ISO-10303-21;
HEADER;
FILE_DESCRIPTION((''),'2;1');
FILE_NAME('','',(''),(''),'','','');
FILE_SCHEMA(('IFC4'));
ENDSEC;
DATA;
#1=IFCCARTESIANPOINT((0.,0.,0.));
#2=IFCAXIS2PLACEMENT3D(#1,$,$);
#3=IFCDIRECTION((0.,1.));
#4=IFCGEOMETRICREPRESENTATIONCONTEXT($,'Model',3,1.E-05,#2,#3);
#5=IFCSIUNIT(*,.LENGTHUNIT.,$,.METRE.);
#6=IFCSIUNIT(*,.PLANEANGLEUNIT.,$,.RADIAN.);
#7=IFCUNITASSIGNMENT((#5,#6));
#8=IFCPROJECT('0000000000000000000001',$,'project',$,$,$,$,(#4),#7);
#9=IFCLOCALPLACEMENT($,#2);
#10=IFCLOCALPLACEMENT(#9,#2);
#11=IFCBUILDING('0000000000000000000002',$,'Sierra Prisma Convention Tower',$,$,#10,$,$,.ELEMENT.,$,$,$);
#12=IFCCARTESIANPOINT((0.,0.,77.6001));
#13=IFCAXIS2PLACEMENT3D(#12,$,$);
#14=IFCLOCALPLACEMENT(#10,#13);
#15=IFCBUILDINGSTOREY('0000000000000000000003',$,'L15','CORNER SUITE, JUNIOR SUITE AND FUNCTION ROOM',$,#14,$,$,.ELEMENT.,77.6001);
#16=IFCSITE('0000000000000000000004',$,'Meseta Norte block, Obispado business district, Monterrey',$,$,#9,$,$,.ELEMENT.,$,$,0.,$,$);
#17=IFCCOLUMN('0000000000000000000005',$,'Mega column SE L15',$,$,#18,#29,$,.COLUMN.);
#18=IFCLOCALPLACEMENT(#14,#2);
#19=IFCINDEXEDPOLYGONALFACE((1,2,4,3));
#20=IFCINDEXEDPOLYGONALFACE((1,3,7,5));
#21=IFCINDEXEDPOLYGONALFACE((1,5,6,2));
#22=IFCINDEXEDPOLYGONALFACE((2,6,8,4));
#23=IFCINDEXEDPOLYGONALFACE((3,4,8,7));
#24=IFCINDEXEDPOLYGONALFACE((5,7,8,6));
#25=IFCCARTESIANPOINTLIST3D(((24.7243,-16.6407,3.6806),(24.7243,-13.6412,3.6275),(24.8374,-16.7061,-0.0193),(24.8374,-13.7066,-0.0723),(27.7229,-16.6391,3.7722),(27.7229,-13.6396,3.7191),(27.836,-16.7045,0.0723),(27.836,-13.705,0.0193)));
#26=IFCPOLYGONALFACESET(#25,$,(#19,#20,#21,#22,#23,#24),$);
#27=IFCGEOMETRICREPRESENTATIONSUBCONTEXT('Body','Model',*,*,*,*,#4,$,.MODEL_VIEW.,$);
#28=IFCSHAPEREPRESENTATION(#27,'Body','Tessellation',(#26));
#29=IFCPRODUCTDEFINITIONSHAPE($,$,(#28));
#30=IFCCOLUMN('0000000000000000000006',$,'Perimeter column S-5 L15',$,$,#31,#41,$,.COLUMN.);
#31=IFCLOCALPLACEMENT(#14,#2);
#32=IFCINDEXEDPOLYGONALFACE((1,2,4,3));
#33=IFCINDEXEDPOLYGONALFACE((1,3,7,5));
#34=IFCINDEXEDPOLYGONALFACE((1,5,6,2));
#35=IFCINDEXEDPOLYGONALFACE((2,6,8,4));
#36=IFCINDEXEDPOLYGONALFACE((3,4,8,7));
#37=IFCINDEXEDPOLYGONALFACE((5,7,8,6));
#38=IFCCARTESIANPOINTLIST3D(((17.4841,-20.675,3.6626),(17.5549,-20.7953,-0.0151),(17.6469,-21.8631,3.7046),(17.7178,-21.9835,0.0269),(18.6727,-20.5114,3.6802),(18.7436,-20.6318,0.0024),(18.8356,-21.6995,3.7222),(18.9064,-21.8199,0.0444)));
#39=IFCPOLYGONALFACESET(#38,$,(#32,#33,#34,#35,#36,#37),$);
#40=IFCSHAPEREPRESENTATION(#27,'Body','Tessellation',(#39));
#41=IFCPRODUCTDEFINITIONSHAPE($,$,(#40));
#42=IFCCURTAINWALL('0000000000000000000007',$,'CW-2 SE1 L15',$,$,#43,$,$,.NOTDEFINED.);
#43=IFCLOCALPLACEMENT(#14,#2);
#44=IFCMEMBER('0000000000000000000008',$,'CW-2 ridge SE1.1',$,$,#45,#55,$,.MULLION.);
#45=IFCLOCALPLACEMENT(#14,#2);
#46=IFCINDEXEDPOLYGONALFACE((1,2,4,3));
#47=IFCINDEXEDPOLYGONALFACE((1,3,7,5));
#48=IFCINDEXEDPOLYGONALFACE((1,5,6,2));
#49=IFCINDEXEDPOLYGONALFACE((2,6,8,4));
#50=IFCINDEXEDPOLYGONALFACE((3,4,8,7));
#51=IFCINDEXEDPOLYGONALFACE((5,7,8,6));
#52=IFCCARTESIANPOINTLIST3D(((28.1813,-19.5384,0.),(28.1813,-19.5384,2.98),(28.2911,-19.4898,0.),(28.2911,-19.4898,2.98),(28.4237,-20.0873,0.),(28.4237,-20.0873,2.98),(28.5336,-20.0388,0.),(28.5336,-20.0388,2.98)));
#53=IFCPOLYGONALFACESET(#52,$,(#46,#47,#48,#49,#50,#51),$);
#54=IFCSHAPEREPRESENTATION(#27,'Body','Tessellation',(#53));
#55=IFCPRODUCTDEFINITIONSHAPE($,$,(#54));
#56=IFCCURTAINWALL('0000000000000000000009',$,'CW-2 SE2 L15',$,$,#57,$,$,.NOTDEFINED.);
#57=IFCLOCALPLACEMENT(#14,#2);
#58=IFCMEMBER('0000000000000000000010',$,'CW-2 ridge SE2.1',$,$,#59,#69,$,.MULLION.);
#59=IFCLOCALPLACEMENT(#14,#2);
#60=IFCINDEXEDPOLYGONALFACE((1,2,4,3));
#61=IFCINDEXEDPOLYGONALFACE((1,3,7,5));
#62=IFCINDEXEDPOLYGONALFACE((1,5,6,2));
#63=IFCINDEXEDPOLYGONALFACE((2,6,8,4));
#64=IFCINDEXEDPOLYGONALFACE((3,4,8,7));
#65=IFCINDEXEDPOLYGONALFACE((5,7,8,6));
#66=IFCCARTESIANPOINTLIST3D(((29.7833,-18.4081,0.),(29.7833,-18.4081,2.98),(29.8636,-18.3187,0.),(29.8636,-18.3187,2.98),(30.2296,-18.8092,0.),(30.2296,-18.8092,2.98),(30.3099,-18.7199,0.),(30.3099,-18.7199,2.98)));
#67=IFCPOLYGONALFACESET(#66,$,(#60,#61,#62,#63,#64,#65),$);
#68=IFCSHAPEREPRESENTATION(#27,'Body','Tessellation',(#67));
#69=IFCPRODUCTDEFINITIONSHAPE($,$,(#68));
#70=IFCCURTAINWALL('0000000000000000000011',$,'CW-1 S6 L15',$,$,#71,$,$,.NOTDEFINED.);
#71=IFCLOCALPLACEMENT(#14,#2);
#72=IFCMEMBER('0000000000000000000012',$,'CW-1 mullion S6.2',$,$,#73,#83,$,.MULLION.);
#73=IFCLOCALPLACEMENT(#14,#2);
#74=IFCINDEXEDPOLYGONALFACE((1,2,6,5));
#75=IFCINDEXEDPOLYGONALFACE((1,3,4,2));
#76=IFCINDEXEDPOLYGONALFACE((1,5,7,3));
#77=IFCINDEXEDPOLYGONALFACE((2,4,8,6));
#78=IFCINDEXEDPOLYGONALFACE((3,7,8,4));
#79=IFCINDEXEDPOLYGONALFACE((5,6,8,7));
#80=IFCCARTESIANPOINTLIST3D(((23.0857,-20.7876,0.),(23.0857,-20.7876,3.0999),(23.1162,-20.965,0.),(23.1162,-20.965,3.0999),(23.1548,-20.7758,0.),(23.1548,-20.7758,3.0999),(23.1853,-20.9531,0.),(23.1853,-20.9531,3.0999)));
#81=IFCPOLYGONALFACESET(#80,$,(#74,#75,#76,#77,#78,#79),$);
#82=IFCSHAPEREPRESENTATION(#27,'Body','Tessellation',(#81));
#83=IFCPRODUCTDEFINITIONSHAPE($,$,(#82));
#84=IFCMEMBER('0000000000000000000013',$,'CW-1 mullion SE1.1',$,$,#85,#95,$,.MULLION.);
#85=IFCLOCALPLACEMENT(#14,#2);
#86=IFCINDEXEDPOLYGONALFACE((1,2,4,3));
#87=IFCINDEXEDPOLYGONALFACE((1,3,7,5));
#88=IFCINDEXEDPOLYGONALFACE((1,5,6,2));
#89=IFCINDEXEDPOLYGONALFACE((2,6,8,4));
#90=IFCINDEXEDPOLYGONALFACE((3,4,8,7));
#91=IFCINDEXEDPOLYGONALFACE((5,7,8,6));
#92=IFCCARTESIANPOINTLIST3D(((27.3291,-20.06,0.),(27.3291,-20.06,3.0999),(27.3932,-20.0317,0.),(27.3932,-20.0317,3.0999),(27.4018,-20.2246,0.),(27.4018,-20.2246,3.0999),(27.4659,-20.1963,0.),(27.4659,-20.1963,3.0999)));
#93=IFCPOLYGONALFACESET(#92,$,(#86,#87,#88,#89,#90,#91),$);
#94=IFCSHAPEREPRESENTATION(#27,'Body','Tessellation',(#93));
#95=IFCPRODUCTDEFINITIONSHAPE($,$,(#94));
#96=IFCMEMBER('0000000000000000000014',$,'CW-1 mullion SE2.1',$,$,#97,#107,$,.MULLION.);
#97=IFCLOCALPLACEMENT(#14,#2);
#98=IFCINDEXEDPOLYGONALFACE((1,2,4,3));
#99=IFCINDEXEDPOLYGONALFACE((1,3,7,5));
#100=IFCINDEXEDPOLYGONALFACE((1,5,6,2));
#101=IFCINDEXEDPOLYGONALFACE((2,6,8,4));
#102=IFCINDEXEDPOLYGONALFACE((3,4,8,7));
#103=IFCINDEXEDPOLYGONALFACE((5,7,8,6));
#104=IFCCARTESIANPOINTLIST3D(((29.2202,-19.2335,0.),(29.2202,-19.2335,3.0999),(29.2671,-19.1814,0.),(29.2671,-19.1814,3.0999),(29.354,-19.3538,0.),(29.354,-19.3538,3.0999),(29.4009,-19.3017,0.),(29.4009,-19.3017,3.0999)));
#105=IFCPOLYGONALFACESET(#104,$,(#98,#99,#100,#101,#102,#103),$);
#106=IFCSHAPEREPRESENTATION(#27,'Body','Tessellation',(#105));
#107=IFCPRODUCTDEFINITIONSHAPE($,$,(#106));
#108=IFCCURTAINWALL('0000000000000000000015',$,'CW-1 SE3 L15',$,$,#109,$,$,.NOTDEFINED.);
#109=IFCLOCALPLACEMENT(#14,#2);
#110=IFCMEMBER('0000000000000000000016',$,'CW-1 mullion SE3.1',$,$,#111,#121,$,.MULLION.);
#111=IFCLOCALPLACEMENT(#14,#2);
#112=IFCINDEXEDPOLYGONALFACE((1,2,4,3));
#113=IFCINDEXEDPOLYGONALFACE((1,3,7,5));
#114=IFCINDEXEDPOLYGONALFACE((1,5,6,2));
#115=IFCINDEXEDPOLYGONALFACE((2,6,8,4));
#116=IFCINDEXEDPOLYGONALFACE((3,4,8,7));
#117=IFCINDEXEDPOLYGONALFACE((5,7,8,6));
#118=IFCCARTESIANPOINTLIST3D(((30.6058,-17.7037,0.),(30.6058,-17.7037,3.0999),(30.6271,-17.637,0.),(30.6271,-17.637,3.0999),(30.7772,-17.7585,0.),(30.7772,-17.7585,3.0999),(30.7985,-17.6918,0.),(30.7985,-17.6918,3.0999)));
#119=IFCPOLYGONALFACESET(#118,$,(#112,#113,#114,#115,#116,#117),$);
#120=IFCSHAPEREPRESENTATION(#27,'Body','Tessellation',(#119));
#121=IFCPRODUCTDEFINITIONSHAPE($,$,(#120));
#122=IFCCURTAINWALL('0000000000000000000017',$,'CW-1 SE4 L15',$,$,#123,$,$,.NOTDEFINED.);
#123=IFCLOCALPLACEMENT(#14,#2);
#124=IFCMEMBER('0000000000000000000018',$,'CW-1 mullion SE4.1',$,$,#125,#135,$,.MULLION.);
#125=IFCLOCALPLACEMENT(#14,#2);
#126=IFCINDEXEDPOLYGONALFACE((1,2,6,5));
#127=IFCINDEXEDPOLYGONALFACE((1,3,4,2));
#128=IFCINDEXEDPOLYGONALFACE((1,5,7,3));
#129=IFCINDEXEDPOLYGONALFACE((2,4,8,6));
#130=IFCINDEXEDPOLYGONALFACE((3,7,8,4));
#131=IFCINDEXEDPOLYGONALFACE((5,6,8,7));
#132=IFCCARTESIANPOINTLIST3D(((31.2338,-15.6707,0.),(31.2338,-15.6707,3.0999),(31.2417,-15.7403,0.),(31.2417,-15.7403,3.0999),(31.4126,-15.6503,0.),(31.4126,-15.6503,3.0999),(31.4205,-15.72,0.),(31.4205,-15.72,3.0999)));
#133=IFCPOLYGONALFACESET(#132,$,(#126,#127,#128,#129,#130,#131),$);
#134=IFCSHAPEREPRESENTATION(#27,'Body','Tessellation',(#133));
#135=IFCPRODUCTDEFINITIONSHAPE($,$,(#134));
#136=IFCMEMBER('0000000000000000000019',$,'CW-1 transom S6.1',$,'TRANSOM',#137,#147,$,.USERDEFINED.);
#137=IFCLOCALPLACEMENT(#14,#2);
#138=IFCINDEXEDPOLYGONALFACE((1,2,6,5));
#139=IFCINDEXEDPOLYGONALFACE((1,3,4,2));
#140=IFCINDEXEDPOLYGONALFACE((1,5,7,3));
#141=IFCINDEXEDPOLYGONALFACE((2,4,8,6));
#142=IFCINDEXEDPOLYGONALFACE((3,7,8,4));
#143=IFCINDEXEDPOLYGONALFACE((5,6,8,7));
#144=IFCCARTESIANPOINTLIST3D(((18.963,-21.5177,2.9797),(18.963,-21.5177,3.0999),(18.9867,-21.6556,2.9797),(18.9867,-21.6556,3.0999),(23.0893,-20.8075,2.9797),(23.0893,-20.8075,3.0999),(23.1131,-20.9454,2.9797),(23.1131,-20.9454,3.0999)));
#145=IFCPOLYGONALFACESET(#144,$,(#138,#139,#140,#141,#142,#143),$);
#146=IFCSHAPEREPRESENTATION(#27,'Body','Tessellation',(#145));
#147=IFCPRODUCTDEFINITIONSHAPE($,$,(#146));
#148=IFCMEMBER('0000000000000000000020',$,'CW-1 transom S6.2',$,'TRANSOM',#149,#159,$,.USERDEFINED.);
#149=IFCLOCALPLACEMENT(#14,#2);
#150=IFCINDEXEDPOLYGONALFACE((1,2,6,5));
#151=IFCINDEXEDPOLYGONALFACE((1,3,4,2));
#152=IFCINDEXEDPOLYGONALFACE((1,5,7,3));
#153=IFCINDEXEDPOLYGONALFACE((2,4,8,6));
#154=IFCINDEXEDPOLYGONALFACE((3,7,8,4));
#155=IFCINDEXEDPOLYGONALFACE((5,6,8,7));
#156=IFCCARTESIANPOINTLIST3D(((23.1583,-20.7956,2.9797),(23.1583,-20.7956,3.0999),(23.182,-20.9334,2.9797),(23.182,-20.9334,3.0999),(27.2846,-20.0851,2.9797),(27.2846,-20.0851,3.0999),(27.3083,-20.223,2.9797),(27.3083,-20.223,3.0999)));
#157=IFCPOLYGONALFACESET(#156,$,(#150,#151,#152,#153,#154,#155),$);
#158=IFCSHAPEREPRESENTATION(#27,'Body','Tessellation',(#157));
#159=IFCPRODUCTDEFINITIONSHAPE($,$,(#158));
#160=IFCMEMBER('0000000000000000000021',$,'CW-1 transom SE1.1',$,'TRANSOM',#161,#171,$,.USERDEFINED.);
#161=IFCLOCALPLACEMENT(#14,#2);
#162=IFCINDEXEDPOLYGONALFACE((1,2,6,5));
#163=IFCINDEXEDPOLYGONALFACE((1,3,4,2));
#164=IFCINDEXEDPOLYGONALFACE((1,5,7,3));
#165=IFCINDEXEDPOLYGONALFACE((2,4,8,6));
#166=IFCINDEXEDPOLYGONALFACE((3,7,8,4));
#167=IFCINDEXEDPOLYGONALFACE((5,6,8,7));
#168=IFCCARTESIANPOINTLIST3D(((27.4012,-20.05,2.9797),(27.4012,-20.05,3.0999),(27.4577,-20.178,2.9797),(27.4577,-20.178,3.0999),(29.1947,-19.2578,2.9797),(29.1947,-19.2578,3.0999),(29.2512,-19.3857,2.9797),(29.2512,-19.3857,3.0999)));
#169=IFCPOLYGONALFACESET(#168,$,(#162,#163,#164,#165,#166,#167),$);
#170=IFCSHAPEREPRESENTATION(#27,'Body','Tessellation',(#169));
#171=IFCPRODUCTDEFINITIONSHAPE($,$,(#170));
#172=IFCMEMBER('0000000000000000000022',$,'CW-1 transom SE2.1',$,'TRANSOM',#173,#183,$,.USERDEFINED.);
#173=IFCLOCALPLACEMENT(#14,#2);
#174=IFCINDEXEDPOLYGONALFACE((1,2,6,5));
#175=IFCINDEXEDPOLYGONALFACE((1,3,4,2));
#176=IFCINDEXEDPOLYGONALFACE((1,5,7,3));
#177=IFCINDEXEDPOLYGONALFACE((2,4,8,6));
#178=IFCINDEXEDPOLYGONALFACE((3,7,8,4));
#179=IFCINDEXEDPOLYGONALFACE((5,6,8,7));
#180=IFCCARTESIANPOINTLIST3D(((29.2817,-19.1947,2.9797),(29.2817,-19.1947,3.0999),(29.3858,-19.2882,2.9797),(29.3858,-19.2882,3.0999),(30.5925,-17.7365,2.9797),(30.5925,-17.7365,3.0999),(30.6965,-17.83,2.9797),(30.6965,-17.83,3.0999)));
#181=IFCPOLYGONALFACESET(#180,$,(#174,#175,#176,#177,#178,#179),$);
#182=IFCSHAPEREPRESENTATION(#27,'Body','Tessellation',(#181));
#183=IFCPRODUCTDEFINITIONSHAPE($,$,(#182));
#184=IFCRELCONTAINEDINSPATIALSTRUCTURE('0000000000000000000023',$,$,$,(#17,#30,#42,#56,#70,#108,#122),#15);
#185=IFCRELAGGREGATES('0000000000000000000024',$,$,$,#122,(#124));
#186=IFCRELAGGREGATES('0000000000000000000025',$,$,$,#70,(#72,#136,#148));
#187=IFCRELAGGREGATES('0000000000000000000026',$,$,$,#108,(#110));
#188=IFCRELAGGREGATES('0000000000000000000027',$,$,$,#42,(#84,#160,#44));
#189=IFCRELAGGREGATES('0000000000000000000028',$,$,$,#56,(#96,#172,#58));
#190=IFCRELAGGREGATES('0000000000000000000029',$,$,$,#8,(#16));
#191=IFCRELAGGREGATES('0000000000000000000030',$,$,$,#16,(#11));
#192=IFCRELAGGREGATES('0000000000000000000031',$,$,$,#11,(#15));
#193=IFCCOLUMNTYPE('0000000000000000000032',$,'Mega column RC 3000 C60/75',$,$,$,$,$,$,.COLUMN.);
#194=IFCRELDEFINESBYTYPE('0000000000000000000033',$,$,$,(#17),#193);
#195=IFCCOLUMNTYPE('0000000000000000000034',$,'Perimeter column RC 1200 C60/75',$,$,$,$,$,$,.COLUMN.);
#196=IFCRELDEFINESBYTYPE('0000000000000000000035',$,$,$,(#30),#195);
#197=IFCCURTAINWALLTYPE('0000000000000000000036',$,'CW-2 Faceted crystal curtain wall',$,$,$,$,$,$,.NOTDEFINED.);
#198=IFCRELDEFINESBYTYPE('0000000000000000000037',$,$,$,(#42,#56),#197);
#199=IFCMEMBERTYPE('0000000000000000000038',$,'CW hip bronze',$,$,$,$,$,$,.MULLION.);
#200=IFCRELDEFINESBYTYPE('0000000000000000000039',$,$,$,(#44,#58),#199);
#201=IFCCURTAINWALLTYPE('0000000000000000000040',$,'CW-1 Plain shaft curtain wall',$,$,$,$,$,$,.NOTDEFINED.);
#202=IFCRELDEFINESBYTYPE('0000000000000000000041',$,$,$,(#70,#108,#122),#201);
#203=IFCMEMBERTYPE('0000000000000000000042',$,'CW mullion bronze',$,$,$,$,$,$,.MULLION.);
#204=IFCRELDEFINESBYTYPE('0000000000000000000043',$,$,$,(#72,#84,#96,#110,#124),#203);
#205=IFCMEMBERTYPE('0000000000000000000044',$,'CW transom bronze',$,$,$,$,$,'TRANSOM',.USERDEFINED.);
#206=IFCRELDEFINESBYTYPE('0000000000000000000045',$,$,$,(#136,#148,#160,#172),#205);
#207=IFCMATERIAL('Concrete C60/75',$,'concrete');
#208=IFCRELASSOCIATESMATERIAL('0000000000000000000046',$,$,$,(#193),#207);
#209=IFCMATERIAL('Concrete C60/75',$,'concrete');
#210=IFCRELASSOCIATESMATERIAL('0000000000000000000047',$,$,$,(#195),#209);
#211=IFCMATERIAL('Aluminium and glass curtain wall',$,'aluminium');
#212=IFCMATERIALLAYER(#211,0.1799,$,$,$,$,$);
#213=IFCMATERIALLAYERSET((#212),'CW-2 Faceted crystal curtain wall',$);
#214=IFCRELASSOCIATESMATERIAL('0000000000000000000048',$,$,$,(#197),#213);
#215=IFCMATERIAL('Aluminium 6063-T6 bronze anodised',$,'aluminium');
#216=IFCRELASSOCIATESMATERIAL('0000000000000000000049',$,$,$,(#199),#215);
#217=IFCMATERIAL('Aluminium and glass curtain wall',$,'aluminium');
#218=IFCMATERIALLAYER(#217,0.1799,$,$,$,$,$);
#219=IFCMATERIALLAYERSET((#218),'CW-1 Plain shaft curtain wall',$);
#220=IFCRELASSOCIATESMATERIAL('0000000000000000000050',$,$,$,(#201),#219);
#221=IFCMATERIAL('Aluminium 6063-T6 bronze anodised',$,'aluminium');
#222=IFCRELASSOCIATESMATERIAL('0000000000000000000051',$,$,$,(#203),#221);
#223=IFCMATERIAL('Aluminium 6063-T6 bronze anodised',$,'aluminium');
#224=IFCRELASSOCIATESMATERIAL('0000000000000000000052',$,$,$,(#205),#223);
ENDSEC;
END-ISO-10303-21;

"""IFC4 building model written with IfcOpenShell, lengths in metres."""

from ifc_helpers import new_model, si_unit, direction, frame, origin, origin_2d, place, context, subcontext, project, spatial, rectangle, extrude, clip, halfspace, material, layer, layer_set, material_profile, profile_set, type_object, element, aggregate, save


model = new_model("IFC4")

# Units and contexts
model_context = context("Model", 3, precision=1e-05, world=origin(), true_north=direction((0.0, 1.0)))
body_context = subcontext(model_context, "Body", "Model", "MODEL_VIEW")
ifc_project = project(units=[si_unit("LENGTHUNIT", "METRE"), si_unit("PLANEANGLEUNIT", "RADIAN")], contexts=[model_context])

# Site, building, storey
site_placement = place(None, origin())
site = spatial("IfcSite", under=ifc_project, at=site_placement, Name="Meseta Norte block, Obispado business district, Monterrey", CompositionType="ELEMENT", RefElevation=0.0)
building_placement = place(site_placement, origin())
building = spatial("IfcBuilding", under=site, at=building_placement, Name="Sierra Prisma Convention Tower", CompositionType="ELEMENT")
storey_placement = place(building_placement, frame((0.0, 0.0, 77.6001)))
storey = spatial("IfcBuildingStorey", under=building, at=storey_placement, Name="L15", Description="CORNER SUITE, JUNIOR SUITE AND FUNCTION ROOM", CompositionType="ELEMENT", Elevation=77.6001)

# Columns
ifc_material_1 = material(Name="Concrete C60/75", Category="concrete")
ifc_material_profile_1 = material_profile(ifc_material_1, rectangle(XDim=3.0, YDim=3.0, at=origin_2d()), Name="Mega column RC 3000 C60/75")
ifc_profile_set_1 = profile_set([ifc_material_profile_1], Name="Concrete C60/75")
column_type_1 = type_object("IfcColumnType", Name="Mega column RC 3000 C60/75", PredefinedType="COLUMN", material=ifc_profile_set_1)
column_1_placement = place(storey_placement, frame((26.3367, -15.2056, 0.0), z_axis=(-0.030532, 0.017673, 0.999378), x_axis=(0.999534, 0.00054, 0.030527)))
element("IfcColumn", 1, at=column_1_placement, inside=storey, type_object=column_type_1, Name="Mega column SE L15", PredefinedType="COLUMN", context=body_context, shape_type="SweptSolid", body=[
    extrude(rectangle(XDim=3.0, YDim=3.0, at=origin_2d()), origin(), (0.0, 0.0, 1.0), 3.7021),
])
ifc_material_2 = material(Name="Concrete C60/75", Category="concrete")
ifc_material_profile_2 = material_profile(ifc_material_2, rectangle(XDim=1.2, YDim=1.2, at=origin_2d()), Name="Perimeter column RC 1200 C60/75")
ifc_profile_set_2 = profile_set([ifc_material_profile_2], Name="Concrete C60/75")
column_type_2 = type_object("IfcColumnType", Name="Perimeter column RC 1200 C60/75", PredefinedType="COLUMN", material=ifc_profile_set_2)
column_2_placement = place(storey_placement, frame((18.231, -21.3081, 0.0), z_axis=(-0.019254, 0.032705, 0.99928), x_axis=(0.99056, 0.136298, 0.014625)))
element("IfcColumn", 2, at=column_2_placement, inside=storey, type_object=column_type_2, Name="Perimeter column S-5 L15", PredefinedType="COLUMN", context=body_context, shape_type="SweptSolid", body=[
    clip(clip(extrude(rectangle(XDim=1.2, YDim=1.2, at=origin_2d()), origin(), (0.0, 0.0, 1.0), 3.7026), halfspace(frame((0.0, 0.0, 0.0146)), True)), halfspace(frame((0.0, 0.0, 3.6951)), False)),
])

# Curtain walls, members
ifc_material_3 = material(Name="Aluminium and glass curtain wall", Category="aluminium")
ifc_layer_1 = layer(ifc_material_3, 0.1799)
ifc_layer_set_1 = layer_set([ifc_layer_1], Name="CW-2 Faceted crystal curtain wall")
curtain_wall_type_1 = type_object("IfcCurtainWallType", Name="CW-2 Faceted crystal curtain wall", PredefinedType="NOTDEFINED", material=ifc_layer_set_1)
curtain_wall_1_placement = place(storey_placement, origin())
curtain_wall_1 = element("IfcCurtainWall", 3, at=curtain_wall_1_placement, inside=storey, type_object=curtain_wall_type_1, Name="CW-2 SE1 L15", PredefinedType="NOTDEFINED")
ifc_material_4 = material(Name="Aluminium 6063-T6 bronze anodised", Category="aluminium")
ifc_material_profile_3 = material_profile(ifc_material_4, rectangle(XDim=0.1201, YDim=0.6001, at=origin_2d()), Name="ALU RIDGE BLADE 120x600")
ifc_profile_set_3 = profile_set([ifc_material_profile_3], Name="Aluminium 6063-T6 bronze anodised")
member_type_1 = type_object("IfcMemberType", Name="CW hip bronze", PredefinedType="MULLION", material=ifc_profile_set_3)
member_1_placement = place(storey_placement, frame((28.3574, -19.7886, 0.0), z_axis=(0.0, 0.0, 1.0), x_axis=(0.914742, 0.40404, 0.0)))
member_1 = element("IfcMember", 4, at=member_1_placement, type_object=member_type_1, Name="CW-2 ridge SE1.1", PredefinedType="MULLION", context=body_context, shape_type="SweptSolid", body=[
    extrude(rectangle(XDim=0.1201, YDim=0.6001, at=origin_2d()), origin(), (0.0, 0.0, 1.0), 2.98),
])
curtain_wall_2_placement = place(storey_placement, origin())
curtain_wall_2 = element("IfcCurtainWall", 5, at=curtain_wall_2_placement, inside=storey, type_object=curtain_wall_type_1, Name="CW-2 SE2 L15", PredefinedType="NOTDEFINED")
member_2_placement = place(storey_placement, frame((30.0466, -18.564, 0.0), z_axis=(0.0, 0.0, 1.0), x_axis=(0.668486, 0.743725, 0.0)))
member_2 = element("IfcMember", 6, at=member_2_placement, type_object=member_type_1, Name="CW-2 ridge SE2.1", PredefinedType="MULLION", context=body_context, shape_type="SweptSolid", body=[
    extrude(rectangle(XDim=0.1201, YDim=0.6001, at=origin_2d()), origin(), (0.0, 0.0, 1.0), 2.98),
])
ifc_material_5 = material(Name="Aluminium and glass curtain wall", Category="aluminium")
ifc_layer_2 = layer(ifc_material_5, 0.1799)
ifc_layer_set_2 = layer_set([ifc_layer_2], Name="CW-1 Plain shaft curtain wall")
curtain_wall_type_2 = type_object("IfcCurtainWallType", Name="CW-1 Plain shaft curtain wall", PredefinedType="NOTDEFINED", material=ifc_layer_set_2)
curtain_wall_3_placement = place(storey_placement, origin())
curtain_wall_3 = element("IfcCurtainWall", 7, at=curtain_wall_3_placement, inside=storey, type_object=curtain_wall_type_2, Name="CW-1 S6 L15", PredefinedType="NOTDEFINED")
ifc_material_6 = material(Name="Aluminium 6063-T6 bronze anodised", Category="aluminium")
ifc_material_profile_4 = material_profile(ifc_material_6, rectangle(XDim=0.1799, YDim=0.0701, at=origin_2d()), Name="ALU MULLION 70x180")
ifc_profile_set_4 = profile_set([ifc_material_profile_4], Name="Aluminium 6063-T6 bronze anodised")
member_type_2 = type_object("IfcMemberType", Name="CW mullion bronze", PredefinedType="MULLION", material=ifc_profile_set_4)
member_3_placement = place(storey_placement, frame((23.1355, -20.8704, 0.0), z_axis=(0.0, 0.0, 1.0), x_axis=(-0.169659, 0.985503, 0.0)))
member_3 = element("IfcMember", 8, at=member_3_placement, type_object=member_type_2, Name="CW-1 mullion S6.2", PredefinedType="MULLION", context=body_context, shape_type="SweptSolid", body=[
    extrude(rectangle(XDim=0.1799, YDim=0.0701, at=origin_2d()), origin(), (0.0, 0.0, 1.0), 3.0999),
])

# Members
member_4_placement = place(storey_placement, frame((27.3975, -20.1282, 0.0), z_axis=(0.0, 0.0, 1.0), x_axis=(-0.40404, 0.914742, 0.0)))
member_4 = element("IfcMember", 9, at=member_4_placement, type_object=member_type_2, Name="CW-1 mullion SE1.1", PredefinedType="MULLION", context=body_context, shape_type="SweptSolid", body=[
    extrude(rectangle(XDim=0.1799, YDim=0.0701, at=origin_2d()), origin(), (0.0, 0.0, 1.0), 3.0999),
])
member_5_placement = place(storey_placement, frame((29.3105, -19.2676, 0.0), z_axis=(0.0, 0.0, 1.0), x_axis=(-0.743725, 0.668486, 0.0)))
member_5 = element("IfcMember", 10, at=member_5_placement, type_object=member_type_2, Name="CW-1 mullion SE2.1", PredefinedType="MULLION", context=body_context, shape_type="SweptSolid", body=[
    extrude(rectangle(XDim=0.1799, YDim=0.0701, at=origin_2d()), origin(), (0.0, 0.0, 1.0), 3.0999),
])

# Curtain walls, members
curtain_wall_4_placement = place(storey_placement, origin())
curtain_wall_4 = element("IfcCurtainWall", 11, at=curtain_wall_4_placement, inside=storey, type_object=curtain_wall_type_2, Name="CW-1 SE3 L15", PredefinedType="NOTDEFINED")
member_6_placement = place(storey_placement, frame((30.7021, -17.6978, 0.0), z_axis=(0.0, 0.0, 1.0), x_axis=(-0.952494, 0.304557, 0.0)))
member_6 = element("IfcMember", 12, at=member_6_placement, type_object=member_type_2, Name="CW-1 mullion SE3.1", PredefinedType="MULLION", context=body_context, shape_type="SweptSolid", body=[
    extrude(rectangle(XDim=0.1799, YDim=0.0701, at=origin_2d()), origin(), (0.0, 0.0, 1.0), 3.0999),
])
curtain_wall_5_placement = place(storey_placement, origin())
curtain_wall_5 = element("IfcCurtainWall", 13, at=curtain_wall_5_placement, inside=storey, type_object=curtain_wall_type_2, Name="CW-1 SE4 L15", PredefinedType="NOTDEFINED")
member_7_placement = place(storey_placement, frame((31.3271, -15.6953, 0.0), z_axis=(0.0, 0.0, 1.0), x_axis=(-0.993597, -0.112981, 0.0)))
member_7 = element("IfcMember", 14, at=member_7_placement, type_object=member_type_2, Name="CW-1 mullion SE4.1", PredefinedType="MULLION", context=body_context, shape_type="SweptSolid", body=[
    extrude(rectangle(XDim=0.1799, YDim=0.0701, at=origin_2d()), origin(), (0.0, 0.0, 1.0), 3.0999),
])

# Members
ifc_material_7 = material(Name="Aluminium 6063-T6 bronze anodised", Category="aluminium")
ifc_material_profile_5 = material_profile(ifc_material_7, rectangle(XDim=0.1399, YDim=0.1201, at=origin_2d()), Name="ALU TRANSOM 120x140")
ifc_profile_set_5 = profile_set([ifc_material_profile_5], Name="Aluminium 6063-T6 bronze anodised")
member_type_3 = type_object("IfcMemberType", Name="CW transom bronze", ElementType="TRANSOM", PredefinedType="USERDEFINED", material=ifc_profile_set_5)
member_8_placement = place(storey_placement, frame((18.9749, -21.5867, 3.0398), z_axis=(0.985509, 0.169626, 0.0), x_axis=(-0.169626, 0.985509, 0.0)))
member_8 = element("IfcMember", 15, at=member_8_placement, type_object=member_type_3, Name="CW-1 transom S6.1", ObjectType="TRANSOM", PredefinedType="USERDEFINED", context=body_context, shape_type="SweptSolid", body=[
    extrude(rectangle(XDim=0.1399, YDim=0.1201, at=origin_2d()), origin(), (0.0, 0.0, 1.0), 4.187),
])
member_9_placement = place(storey_placement, frame((23.1702, -20.8645, 3.0398), z_axis=(0.985499, 0.169682, 0.0), x_axis=(-0.169682, 0.985499, 0.0)))
member_9 = element("IfcMember", 16, at=member_9_placement, type_object=member_type_3, Name="CW-1 transom S6.2", ObjectType="TRANSOM", PredefinedType="USERDEFINED", context=body_context, shape_type="SweptSolid", body=[
    extrude(rectangle(XDim=0.1399, YDim=0.1201, at=origin_2d()), origin(), (0.0, 0.0, 1.0), 4.187),
])
member_10_placement = place(storey_placement, frame((27.4294, -20.114, 3.0398), z_axis=(0.914728, 0.404069, 0.0), x_axis=(-0.404069, 0.914728, 0.0)))
member_10 = element("IfcMember", 17, at=member_10_placement, type_object=member_type_3, Name="CW-1 transom SE1.1", ObjectType="TRANSOM", PredefinedType="USERDEFINED", context=body_context, shape_type="SweptSolid", body=[
    extrude(rectangle(XDim=0.1399, YDim=0.1201, at=origin_2d()), origin(), (0.0, 0.0, 1.0), 1.9607),
])
member_11_placement = place(storey_placement, frame((29.3337, -19.2415, 3.0398), z_axis=(0.668504, 0.743709, 0.0), x_axis=(-0.743709, 0.668504, 0.0)))
member_11 = element("IfcMember", 18, at=member_11_placement, type_object=member_type_3, Name="CW-1 transom SE2.1", ObjectType="TRANSOM", PredefinedType="USERDEFINED", context=body_context, shape_type="SweptSolid", body=[
    extrude(rectangle(XDim=0.1399, YDim=0.1201, at=origin_2d()), origin(), (0.0, 0.0, 1.0), 1.9607),
])
aggregate(curtain_wall_5, [member_7])

aggregate(curtain_wall_3, [member_3, member_8, member_9])
aggregate(curtain_wall_4, [member_6])
aggregate(curtain_wall_1, [member_4, member_10, member_1])
aggregate(curtain_wall_2, [member_5, member_11, member_2])

save(model, "model.ifc")
